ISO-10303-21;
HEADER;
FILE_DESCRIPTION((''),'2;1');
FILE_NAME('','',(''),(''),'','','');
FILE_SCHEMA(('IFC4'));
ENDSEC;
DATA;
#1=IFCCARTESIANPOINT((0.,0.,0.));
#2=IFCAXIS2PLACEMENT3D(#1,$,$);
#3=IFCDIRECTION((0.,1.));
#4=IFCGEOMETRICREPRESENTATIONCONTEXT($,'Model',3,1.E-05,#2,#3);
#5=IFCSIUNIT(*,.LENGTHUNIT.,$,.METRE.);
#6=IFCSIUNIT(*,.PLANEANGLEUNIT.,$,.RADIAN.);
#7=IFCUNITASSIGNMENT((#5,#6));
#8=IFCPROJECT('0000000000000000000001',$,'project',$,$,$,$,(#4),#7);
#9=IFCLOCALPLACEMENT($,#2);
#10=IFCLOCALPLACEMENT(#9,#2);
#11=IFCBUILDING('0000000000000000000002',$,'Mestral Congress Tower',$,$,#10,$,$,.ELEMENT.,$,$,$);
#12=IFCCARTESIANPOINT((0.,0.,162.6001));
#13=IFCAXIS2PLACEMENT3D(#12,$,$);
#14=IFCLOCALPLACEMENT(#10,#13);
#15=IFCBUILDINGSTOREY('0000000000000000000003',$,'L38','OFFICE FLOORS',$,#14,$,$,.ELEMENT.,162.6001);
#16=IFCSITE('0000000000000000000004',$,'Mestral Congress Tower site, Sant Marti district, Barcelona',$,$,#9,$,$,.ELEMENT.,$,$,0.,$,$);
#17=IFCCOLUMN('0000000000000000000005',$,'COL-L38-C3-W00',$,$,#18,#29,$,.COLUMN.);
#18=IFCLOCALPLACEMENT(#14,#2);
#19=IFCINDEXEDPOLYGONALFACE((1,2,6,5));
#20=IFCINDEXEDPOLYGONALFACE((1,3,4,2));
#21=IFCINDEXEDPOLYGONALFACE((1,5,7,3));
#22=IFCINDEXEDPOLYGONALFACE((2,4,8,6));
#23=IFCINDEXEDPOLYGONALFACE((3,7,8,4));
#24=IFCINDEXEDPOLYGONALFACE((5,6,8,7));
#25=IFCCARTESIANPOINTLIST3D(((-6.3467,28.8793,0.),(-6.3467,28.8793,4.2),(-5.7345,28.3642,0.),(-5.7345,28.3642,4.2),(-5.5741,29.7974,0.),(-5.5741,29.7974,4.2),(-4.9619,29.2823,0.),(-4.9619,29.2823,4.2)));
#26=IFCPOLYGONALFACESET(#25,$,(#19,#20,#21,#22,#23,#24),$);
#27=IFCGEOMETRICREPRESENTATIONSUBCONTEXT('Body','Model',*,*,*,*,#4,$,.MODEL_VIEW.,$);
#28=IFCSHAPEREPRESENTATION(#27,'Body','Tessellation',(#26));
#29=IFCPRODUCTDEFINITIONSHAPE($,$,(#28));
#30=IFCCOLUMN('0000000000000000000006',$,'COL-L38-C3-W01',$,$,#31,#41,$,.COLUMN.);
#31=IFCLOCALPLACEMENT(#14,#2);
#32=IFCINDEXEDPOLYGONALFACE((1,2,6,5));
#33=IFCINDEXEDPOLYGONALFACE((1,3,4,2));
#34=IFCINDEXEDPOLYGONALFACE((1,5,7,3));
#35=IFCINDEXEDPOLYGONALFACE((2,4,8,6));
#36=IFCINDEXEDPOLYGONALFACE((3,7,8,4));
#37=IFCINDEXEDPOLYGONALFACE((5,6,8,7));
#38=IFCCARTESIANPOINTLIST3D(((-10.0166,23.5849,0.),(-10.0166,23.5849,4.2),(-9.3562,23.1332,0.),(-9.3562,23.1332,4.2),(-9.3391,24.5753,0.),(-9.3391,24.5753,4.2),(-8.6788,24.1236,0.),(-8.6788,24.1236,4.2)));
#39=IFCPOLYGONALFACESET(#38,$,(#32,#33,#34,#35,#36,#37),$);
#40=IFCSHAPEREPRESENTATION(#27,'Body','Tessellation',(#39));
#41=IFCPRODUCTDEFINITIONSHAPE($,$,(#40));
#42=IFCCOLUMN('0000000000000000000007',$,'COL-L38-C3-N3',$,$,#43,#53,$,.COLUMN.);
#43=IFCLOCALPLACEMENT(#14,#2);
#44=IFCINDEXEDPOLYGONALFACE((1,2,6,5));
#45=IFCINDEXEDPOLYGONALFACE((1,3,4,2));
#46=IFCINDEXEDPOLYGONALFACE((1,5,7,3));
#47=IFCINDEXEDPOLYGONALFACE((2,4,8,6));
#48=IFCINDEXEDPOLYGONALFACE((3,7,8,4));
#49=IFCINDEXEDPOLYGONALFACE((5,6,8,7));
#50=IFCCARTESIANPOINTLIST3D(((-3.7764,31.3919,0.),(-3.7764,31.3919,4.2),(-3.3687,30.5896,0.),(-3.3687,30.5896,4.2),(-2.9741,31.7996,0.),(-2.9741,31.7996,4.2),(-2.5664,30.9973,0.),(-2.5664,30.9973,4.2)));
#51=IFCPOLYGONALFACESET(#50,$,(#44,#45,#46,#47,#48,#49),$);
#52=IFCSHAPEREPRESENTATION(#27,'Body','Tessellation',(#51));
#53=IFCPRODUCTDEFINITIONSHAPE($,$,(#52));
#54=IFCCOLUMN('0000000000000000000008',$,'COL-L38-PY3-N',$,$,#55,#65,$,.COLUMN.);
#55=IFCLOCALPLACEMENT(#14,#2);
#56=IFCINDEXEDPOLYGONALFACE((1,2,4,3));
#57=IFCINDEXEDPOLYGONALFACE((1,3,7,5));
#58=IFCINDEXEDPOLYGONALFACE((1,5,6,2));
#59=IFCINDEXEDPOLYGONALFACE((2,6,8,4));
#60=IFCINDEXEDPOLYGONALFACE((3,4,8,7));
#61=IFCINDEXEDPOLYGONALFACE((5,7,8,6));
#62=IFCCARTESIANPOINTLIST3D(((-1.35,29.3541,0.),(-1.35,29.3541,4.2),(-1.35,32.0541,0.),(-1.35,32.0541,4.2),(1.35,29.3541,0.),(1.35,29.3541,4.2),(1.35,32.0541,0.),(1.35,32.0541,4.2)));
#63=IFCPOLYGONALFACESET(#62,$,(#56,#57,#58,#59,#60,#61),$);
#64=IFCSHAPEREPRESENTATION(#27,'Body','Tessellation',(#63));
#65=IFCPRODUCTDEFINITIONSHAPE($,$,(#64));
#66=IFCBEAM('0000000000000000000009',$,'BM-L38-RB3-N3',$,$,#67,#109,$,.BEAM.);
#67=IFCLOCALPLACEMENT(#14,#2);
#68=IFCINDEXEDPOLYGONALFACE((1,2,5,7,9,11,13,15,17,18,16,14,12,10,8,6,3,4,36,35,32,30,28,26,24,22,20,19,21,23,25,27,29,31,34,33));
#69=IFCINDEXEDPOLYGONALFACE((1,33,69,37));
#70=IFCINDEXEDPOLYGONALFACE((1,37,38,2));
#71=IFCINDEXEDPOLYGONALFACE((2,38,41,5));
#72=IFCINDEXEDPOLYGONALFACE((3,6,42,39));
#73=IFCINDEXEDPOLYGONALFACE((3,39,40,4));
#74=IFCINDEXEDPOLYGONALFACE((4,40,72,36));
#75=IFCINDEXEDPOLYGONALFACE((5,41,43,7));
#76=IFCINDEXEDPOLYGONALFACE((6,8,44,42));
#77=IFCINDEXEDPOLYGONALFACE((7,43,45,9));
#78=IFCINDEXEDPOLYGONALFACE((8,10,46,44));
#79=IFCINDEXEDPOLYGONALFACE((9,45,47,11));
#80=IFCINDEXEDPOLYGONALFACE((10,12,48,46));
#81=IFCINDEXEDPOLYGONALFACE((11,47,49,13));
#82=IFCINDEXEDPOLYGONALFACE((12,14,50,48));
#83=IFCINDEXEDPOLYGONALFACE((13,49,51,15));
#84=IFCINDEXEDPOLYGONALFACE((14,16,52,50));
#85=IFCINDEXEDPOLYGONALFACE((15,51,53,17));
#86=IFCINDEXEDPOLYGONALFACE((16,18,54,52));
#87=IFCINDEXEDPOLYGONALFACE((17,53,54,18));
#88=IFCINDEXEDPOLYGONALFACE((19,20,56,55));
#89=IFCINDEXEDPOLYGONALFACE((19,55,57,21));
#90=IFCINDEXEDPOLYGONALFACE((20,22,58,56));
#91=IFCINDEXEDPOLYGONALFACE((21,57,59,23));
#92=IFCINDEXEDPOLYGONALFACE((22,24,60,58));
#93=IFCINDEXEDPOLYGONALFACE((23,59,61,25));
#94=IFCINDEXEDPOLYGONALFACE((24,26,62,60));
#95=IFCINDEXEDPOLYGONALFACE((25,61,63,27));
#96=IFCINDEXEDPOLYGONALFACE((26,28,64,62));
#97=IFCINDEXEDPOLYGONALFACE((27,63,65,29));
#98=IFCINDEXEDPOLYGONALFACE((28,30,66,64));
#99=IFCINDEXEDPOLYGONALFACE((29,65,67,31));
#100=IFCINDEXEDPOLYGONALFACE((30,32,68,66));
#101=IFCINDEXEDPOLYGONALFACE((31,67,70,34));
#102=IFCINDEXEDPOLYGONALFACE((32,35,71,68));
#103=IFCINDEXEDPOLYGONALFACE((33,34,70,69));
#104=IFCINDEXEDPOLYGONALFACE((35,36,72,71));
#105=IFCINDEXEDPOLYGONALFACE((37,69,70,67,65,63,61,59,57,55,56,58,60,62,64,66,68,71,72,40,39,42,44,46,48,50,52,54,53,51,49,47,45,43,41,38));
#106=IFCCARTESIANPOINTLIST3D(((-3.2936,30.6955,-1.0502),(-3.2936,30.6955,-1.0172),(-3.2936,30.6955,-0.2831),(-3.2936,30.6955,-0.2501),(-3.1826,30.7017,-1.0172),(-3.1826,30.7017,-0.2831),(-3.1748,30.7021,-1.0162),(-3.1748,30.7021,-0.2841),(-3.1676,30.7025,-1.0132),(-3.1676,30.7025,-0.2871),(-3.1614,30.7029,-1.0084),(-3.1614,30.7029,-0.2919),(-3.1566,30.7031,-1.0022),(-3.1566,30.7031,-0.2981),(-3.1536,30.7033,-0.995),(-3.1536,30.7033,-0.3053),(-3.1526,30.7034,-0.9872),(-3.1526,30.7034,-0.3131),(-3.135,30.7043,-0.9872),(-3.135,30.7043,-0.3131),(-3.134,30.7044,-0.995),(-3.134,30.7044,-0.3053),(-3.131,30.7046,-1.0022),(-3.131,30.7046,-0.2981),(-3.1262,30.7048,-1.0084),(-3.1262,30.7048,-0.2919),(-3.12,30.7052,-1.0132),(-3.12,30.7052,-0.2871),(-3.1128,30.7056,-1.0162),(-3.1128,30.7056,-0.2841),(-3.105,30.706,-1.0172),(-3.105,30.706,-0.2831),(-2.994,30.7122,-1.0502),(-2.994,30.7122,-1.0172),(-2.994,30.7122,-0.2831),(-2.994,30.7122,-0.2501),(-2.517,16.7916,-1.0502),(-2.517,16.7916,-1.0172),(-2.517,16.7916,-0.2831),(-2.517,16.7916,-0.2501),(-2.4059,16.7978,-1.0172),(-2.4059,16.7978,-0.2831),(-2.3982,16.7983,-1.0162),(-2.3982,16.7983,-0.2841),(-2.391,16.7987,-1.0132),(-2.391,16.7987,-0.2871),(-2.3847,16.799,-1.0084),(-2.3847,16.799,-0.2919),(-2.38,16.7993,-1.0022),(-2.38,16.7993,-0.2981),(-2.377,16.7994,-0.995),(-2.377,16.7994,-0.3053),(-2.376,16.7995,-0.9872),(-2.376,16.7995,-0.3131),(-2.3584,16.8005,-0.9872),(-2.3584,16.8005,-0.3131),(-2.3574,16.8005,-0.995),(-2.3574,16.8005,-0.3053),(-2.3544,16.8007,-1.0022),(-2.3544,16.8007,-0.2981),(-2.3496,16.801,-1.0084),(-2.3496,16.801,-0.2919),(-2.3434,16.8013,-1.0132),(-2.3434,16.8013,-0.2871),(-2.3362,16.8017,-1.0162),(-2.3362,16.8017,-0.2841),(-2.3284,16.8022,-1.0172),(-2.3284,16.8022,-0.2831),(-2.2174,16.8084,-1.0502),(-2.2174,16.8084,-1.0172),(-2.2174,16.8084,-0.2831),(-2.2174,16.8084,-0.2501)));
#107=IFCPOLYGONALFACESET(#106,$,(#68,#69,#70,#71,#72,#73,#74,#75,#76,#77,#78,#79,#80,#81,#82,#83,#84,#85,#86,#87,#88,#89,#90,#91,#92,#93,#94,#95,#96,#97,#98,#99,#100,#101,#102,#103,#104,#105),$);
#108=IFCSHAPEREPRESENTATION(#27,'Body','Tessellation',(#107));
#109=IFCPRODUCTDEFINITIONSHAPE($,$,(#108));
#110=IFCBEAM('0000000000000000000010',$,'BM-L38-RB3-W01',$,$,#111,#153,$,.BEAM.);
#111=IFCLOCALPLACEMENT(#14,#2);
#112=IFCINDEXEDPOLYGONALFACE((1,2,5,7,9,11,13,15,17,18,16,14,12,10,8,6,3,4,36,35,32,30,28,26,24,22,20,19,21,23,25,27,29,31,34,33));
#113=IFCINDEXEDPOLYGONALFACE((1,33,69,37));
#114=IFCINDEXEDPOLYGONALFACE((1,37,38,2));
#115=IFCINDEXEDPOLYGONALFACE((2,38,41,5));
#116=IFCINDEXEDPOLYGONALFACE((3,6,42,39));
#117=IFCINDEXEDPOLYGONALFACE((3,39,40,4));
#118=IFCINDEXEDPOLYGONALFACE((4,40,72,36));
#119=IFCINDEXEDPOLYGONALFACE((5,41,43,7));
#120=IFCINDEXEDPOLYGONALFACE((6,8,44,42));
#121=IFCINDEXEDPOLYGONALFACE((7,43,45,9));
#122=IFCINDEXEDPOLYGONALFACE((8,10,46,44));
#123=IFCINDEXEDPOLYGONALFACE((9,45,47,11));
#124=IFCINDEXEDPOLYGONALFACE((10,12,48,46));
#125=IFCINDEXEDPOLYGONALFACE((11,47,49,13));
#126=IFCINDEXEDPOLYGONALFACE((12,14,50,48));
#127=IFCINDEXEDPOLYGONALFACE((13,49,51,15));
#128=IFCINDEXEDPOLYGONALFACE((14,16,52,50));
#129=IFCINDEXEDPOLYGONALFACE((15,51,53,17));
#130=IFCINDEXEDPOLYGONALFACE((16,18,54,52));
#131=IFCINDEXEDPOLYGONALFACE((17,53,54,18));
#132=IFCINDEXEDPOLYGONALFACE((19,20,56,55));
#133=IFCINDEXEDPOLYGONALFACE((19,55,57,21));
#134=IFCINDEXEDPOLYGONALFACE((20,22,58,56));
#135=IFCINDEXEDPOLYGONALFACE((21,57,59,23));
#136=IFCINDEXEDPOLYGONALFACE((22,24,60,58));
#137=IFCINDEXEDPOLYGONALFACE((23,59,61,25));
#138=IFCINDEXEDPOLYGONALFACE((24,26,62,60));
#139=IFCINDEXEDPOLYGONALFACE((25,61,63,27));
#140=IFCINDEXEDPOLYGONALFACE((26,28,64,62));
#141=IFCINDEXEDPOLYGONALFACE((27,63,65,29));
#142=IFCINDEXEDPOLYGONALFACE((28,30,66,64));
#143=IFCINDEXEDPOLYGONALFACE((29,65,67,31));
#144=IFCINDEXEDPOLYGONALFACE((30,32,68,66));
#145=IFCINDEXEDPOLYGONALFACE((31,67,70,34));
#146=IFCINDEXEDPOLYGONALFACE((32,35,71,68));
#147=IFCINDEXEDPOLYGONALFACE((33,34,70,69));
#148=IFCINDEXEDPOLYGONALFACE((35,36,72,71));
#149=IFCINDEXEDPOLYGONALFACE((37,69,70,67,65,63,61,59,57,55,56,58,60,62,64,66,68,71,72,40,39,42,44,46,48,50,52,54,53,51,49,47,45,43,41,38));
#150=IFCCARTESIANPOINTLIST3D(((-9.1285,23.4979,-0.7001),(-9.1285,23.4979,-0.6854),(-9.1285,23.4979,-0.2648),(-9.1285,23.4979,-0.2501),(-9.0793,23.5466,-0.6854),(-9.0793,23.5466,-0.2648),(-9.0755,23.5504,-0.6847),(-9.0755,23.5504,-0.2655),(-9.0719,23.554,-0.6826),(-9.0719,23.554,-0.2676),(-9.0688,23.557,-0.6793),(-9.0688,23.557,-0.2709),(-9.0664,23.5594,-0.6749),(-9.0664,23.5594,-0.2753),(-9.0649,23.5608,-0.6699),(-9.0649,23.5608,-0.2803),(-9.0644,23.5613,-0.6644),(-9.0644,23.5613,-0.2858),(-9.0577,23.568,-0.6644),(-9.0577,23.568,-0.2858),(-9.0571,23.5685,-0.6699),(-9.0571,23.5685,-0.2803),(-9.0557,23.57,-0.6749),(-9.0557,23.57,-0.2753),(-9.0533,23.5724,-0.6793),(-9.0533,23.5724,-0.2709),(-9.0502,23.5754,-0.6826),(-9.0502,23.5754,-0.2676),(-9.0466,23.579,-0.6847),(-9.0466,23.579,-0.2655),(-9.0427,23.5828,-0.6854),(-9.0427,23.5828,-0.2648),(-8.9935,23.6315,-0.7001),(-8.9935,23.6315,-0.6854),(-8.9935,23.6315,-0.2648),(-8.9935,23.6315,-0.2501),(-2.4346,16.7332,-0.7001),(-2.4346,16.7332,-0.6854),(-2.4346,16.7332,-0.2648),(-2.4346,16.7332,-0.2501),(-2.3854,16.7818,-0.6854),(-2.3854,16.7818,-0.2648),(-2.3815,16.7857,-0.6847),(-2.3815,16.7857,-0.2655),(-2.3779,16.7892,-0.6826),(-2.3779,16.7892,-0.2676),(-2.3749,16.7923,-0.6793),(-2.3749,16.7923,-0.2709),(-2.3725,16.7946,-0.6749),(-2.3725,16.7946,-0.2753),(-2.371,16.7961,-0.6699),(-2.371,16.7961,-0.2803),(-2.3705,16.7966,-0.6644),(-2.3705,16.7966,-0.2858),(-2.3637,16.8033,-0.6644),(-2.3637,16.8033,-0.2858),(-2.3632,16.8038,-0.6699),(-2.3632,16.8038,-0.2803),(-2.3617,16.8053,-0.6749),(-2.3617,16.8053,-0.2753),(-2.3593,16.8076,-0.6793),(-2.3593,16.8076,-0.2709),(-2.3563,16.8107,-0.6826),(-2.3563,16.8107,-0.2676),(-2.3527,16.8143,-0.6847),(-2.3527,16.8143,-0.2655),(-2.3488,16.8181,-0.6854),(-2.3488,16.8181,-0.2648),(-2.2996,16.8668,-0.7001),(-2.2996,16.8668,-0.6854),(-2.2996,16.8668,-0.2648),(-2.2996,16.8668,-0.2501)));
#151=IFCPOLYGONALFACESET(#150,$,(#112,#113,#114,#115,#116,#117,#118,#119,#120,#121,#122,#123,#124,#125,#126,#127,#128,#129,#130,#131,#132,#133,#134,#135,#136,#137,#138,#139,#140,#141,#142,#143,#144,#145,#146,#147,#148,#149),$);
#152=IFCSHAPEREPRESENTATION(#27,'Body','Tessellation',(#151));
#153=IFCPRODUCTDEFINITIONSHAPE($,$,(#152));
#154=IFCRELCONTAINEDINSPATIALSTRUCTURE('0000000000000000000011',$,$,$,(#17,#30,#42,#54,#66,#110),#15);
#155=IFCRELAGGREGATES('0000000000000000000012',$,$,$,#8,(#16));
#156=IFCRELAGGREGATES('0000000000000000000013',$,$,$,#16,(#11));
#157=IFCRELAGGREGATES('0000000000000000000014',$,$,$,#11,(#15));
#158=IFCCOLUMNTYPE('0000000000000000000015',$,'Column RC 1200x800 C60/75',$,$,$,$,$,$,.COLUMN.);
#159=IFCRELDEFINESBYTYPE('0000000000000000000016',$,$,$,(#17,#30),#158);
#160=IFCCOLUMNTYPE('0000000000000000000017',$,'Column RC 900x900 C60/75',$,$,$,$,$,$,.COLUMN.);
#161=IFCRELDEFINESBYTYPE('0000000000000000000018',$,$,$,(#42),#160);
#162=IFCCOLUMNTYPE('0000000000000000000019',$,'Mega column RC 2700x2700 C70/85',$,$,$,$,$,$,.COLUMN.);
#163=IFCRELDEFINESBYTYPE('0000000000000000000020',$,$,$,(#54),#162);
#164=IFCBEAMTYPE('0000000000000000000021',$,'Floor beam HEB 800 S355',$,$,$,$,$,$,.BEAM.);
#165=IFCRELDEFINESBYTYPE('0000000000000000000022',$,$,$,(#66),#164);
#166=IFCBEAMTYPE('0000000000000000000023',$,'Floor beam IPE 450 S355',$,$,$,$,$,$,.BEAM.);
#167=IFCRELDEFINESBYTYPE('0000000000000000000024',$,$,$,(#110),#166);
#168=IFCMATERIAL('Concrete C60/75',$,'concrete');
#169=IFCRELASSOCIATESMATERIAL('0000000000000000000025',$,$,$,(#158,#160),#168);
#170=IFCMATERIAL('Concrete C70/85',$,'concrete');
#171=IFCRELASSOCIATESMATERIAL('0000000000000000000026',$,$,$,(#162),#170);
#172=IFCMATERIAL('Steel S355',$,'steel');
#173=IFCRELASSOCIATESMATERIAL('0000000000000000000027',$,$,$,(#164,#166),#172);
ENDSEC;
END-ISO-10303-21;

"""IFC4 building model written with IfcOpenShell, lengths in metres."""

from ifc_helpers import new_model, si_unit, direction, frame, origin, origin_2d, place, context, subcontext, project, spatial, rectangle, i_section, extrude, material, material_profile, profile_set, type_object, element, save


model = new_model("IFC4")

# Units and contexts
model_context = context("Model", 3, precision=1e-05, world=origin(), true_north=direction((0.0, 1.0)))
body_context = subcontext(model_context, "Body", "Model", "MODEL_VIEW")
ifc_project = project(units=[si_unit("LENGTHUNIT", "METRE"), si_unit("PLANEANGLEUNIT", "RADIAN")], contexts=[model_context])

# Site, building, storey
site_placement = place(None, origin())
site = spatial("IfcSite", under=ifc_project, at=site_placement, Name="Mestral Congress Tower site, Sant Marti district, Barcelona", CompositionType="ELEMENT", RefElevation=0.0)
building_placement = place(site_placement, origin())
building = spatial("IfcBuilding", under=site, at=building_placement, Name="Mestral Congress Tower", CompositionType="ELEMENT")
storey_placement = place(building_placement, frame((0.0, 0.0, 162.6001)))
storey = spatial("IfcBuildingStorey", under=building, at=storey_placement, Name="L38", Description="OFFICE FLOORS", CompositionType="ELEMENT", Elevation=162.6001)

# Columns
ifc_material_1 = material(Name="Concrete C60/75", Category="concrete")
ifc_material_profile_1 = material_profile(ifc_material_1, rectangle(XDim=1.2, YDim=0.8, at=origin_2d()), Name="RC 1200x800")
ifc_profile_set_1 = profile_set([ifc_material_profile_1], Name="Concrete C60/75")
column_type_1 = type_object("IfcColumnType", Name="Column RC 1200x800 C60/75", PredefinedType="COLUMN", material=ifc_profile_set_1)
for number, where, z_axis, x_axis, name in (
    (1, (-5.6543, 29.0808, 0.0), (0.0, 0.0, 1.0), (-0.643827, -0.765171, 0.0), "COL-L38-C3-W00"),
    (2, (-9.3477, 23.8542, 0.0), (0.0, 0.0, 1.0), (-0.564568, -0.825387, 0.0), "COL-L38-C3-W01"),
):
    element("IfcColumn", number, at=place(storey_placement, frame(where, z_axis=z_axis, x_axis=x_axis)), inside=storey, type_object=column_type_1, Name=name, PredefinedType="COLUMN", context=body_context, shape_type="SweptSolid", body=[
        extrude(rectangle(XDim=1.2, YDim=0.8, at=origin_2d()), origin(), (0.0, 0.0, 1.0), 4.2),
    ])
ifc_material_profile_2 = material_profile(ifc_material_1, rectangle(XDim=0.8999, YDim=0.8999, at=origin_2d()), Name="RC 900x900")
ifc_profile_set_2 = profile_set([ifc_material_profile_2], Name="Concrete C60/75")
column_type_2 = type_object("IfcColumnType", Name="Column RC 900x900 C60/75", PredefinedType="COLUMN", material=ifc_profile_set_2)
column_1_placement = place(storey_placement, frame((-3.1714, 31.1946, 0.0), z_axis=(0.0, 0.0, 1.0), x_axis=(-0.891486, -0.453048, 0.0)))
element("IfcColumn", 3, at=column_1_placement, inside=storey, type_object=column_type_2, Name="COL-L38-C3-N3", PredefinedType="COLUMN", context=body_context, shape_type="SweptSolid", body=[
    extrude(rectangle(XDim=0.8999, YDim=0.8999, at=origin_2d()), origin(), (0.0, 0.0, 1.0), 4.2),
])
ifc_material_2 = material(Name="Concrete C70/85", Category="concrete")
ifc_material_profile_3 = material_profile(ifc_material_2, rectangle(XDim=2.7, YDim=2.7, at=origin_2d()), Name="RC 2700x2700")
ifc_profile_set_3 = profile_set([ifc_material_profile_3], Name="Concrete C70/85")
column_type_3 = type_object("IfcColumnType", Name="Mega column RC 2700x2700 C70/85", PredefinedType="COLUMN", material=ifc_profile_set_3)
column_2_placement = place(storey_placement, frame((0.0, 30.7041, 0.0), z_axis=(0.0, 0.0, 1.0), x_axis=(0.0, 1.0, 0.0)))
element("IfcColumn", 4, at=column_2_placement, inside=storey, type_object=column_type_3, Name="COL-L38-PY3-N", PredefinedType="COLUMN", context=body_context, shape_type="SweptSolid", body=[
    extrude(rectangle(XDim=2.7, YDim=2.7, at=origin_2d()), origin(), (0.0, 0.0, 1.0), 4.2),
])

# Beams
ifc_material_3 = material(Name="Steel S355", Category="steel")
ifc_material_profile_4 = material_profile(ifc_material_3, i_section(OverallWidth=0.3, OverallDepth=0.8, WebThickness=0.0176, FlangeThickness=0.033, FilletRadius=0.03, at=origin_2d()), Name="HEB 800")
ifc_profile_set_4 = profile_set([ifc_material_profile_4], Name="Steel S355")
beam_type_1 = type_object("IfcBeamType", Name="Floor beam HEB 800 S355", PredefinedType="BEAM", material=ifc_profile_set_4)
beam_1_placement = place(storey_placement, frame((-3.1438, 30.7039, -0.6501), z_axis=(0.055769, -0.998444, 0.0), x_axis=(0.998444, 0.055769, 0.0)))
element("IfcBeam", 5, at=beam_1_placement, inside=storey, type_object=beam_type_1, Name="BM-L38-RB3-N3", PredefinedType="BEAM", context=body_context, shape_type="SweptSolid", body=[
    extrude(i_section(OverallWidth=0.3, OverallDepth=0.8, WebThickness=0.0176, FlangeThickness=0.033, FilletRadius=0.03, at=origin_2d()), origin(), (0.0, 0.0, 1.0), 13.9255),
])
ifc_material_profile_5 = material_profile(ifc_material_3, i_section(OverallWidth=0.1899, OverallDepth=0.45, WebThickness=0.0095, FlangeThickness=0.0146, FilletRadius=0.021, at=origin_2d()), Name="IPE 450")
ifc_profile_set_5 = profile_set([ifc_material_profile_5], Name="Steel S355")
beam_type_2 = type_object("IfcBeamType", Name="Floor beam IPE 450 S355", PredefinedType="BEAM", material=ifc_profile_set_5)
beam_2_placement = place(storey_placement, frame((-9.061, 23.5647, -0.4751), z_axis=(0.703377, -0.710817, 0.0), x_axis=(0.710817, 0.703377, 0.0)))
element("IfcBeam", 6, at=beam_2_placement, inside=storey, type_object=beam_type_2, Name="BM-L38-RB3-W01", PredefinedType="BEAM", context=body_context, shape_type="SweptSolid", body=[
    extrude(i_section(OverallWidth=0.1899, OverallDepth=0.45, WebThickness=0.0095, FlangeThickness=0.0146, FilletRadius=0.021, at=origin_2d()), origin(), (0.0, 0.0, 1.0), 9.5168),
])

save(model, "model.ifc")
